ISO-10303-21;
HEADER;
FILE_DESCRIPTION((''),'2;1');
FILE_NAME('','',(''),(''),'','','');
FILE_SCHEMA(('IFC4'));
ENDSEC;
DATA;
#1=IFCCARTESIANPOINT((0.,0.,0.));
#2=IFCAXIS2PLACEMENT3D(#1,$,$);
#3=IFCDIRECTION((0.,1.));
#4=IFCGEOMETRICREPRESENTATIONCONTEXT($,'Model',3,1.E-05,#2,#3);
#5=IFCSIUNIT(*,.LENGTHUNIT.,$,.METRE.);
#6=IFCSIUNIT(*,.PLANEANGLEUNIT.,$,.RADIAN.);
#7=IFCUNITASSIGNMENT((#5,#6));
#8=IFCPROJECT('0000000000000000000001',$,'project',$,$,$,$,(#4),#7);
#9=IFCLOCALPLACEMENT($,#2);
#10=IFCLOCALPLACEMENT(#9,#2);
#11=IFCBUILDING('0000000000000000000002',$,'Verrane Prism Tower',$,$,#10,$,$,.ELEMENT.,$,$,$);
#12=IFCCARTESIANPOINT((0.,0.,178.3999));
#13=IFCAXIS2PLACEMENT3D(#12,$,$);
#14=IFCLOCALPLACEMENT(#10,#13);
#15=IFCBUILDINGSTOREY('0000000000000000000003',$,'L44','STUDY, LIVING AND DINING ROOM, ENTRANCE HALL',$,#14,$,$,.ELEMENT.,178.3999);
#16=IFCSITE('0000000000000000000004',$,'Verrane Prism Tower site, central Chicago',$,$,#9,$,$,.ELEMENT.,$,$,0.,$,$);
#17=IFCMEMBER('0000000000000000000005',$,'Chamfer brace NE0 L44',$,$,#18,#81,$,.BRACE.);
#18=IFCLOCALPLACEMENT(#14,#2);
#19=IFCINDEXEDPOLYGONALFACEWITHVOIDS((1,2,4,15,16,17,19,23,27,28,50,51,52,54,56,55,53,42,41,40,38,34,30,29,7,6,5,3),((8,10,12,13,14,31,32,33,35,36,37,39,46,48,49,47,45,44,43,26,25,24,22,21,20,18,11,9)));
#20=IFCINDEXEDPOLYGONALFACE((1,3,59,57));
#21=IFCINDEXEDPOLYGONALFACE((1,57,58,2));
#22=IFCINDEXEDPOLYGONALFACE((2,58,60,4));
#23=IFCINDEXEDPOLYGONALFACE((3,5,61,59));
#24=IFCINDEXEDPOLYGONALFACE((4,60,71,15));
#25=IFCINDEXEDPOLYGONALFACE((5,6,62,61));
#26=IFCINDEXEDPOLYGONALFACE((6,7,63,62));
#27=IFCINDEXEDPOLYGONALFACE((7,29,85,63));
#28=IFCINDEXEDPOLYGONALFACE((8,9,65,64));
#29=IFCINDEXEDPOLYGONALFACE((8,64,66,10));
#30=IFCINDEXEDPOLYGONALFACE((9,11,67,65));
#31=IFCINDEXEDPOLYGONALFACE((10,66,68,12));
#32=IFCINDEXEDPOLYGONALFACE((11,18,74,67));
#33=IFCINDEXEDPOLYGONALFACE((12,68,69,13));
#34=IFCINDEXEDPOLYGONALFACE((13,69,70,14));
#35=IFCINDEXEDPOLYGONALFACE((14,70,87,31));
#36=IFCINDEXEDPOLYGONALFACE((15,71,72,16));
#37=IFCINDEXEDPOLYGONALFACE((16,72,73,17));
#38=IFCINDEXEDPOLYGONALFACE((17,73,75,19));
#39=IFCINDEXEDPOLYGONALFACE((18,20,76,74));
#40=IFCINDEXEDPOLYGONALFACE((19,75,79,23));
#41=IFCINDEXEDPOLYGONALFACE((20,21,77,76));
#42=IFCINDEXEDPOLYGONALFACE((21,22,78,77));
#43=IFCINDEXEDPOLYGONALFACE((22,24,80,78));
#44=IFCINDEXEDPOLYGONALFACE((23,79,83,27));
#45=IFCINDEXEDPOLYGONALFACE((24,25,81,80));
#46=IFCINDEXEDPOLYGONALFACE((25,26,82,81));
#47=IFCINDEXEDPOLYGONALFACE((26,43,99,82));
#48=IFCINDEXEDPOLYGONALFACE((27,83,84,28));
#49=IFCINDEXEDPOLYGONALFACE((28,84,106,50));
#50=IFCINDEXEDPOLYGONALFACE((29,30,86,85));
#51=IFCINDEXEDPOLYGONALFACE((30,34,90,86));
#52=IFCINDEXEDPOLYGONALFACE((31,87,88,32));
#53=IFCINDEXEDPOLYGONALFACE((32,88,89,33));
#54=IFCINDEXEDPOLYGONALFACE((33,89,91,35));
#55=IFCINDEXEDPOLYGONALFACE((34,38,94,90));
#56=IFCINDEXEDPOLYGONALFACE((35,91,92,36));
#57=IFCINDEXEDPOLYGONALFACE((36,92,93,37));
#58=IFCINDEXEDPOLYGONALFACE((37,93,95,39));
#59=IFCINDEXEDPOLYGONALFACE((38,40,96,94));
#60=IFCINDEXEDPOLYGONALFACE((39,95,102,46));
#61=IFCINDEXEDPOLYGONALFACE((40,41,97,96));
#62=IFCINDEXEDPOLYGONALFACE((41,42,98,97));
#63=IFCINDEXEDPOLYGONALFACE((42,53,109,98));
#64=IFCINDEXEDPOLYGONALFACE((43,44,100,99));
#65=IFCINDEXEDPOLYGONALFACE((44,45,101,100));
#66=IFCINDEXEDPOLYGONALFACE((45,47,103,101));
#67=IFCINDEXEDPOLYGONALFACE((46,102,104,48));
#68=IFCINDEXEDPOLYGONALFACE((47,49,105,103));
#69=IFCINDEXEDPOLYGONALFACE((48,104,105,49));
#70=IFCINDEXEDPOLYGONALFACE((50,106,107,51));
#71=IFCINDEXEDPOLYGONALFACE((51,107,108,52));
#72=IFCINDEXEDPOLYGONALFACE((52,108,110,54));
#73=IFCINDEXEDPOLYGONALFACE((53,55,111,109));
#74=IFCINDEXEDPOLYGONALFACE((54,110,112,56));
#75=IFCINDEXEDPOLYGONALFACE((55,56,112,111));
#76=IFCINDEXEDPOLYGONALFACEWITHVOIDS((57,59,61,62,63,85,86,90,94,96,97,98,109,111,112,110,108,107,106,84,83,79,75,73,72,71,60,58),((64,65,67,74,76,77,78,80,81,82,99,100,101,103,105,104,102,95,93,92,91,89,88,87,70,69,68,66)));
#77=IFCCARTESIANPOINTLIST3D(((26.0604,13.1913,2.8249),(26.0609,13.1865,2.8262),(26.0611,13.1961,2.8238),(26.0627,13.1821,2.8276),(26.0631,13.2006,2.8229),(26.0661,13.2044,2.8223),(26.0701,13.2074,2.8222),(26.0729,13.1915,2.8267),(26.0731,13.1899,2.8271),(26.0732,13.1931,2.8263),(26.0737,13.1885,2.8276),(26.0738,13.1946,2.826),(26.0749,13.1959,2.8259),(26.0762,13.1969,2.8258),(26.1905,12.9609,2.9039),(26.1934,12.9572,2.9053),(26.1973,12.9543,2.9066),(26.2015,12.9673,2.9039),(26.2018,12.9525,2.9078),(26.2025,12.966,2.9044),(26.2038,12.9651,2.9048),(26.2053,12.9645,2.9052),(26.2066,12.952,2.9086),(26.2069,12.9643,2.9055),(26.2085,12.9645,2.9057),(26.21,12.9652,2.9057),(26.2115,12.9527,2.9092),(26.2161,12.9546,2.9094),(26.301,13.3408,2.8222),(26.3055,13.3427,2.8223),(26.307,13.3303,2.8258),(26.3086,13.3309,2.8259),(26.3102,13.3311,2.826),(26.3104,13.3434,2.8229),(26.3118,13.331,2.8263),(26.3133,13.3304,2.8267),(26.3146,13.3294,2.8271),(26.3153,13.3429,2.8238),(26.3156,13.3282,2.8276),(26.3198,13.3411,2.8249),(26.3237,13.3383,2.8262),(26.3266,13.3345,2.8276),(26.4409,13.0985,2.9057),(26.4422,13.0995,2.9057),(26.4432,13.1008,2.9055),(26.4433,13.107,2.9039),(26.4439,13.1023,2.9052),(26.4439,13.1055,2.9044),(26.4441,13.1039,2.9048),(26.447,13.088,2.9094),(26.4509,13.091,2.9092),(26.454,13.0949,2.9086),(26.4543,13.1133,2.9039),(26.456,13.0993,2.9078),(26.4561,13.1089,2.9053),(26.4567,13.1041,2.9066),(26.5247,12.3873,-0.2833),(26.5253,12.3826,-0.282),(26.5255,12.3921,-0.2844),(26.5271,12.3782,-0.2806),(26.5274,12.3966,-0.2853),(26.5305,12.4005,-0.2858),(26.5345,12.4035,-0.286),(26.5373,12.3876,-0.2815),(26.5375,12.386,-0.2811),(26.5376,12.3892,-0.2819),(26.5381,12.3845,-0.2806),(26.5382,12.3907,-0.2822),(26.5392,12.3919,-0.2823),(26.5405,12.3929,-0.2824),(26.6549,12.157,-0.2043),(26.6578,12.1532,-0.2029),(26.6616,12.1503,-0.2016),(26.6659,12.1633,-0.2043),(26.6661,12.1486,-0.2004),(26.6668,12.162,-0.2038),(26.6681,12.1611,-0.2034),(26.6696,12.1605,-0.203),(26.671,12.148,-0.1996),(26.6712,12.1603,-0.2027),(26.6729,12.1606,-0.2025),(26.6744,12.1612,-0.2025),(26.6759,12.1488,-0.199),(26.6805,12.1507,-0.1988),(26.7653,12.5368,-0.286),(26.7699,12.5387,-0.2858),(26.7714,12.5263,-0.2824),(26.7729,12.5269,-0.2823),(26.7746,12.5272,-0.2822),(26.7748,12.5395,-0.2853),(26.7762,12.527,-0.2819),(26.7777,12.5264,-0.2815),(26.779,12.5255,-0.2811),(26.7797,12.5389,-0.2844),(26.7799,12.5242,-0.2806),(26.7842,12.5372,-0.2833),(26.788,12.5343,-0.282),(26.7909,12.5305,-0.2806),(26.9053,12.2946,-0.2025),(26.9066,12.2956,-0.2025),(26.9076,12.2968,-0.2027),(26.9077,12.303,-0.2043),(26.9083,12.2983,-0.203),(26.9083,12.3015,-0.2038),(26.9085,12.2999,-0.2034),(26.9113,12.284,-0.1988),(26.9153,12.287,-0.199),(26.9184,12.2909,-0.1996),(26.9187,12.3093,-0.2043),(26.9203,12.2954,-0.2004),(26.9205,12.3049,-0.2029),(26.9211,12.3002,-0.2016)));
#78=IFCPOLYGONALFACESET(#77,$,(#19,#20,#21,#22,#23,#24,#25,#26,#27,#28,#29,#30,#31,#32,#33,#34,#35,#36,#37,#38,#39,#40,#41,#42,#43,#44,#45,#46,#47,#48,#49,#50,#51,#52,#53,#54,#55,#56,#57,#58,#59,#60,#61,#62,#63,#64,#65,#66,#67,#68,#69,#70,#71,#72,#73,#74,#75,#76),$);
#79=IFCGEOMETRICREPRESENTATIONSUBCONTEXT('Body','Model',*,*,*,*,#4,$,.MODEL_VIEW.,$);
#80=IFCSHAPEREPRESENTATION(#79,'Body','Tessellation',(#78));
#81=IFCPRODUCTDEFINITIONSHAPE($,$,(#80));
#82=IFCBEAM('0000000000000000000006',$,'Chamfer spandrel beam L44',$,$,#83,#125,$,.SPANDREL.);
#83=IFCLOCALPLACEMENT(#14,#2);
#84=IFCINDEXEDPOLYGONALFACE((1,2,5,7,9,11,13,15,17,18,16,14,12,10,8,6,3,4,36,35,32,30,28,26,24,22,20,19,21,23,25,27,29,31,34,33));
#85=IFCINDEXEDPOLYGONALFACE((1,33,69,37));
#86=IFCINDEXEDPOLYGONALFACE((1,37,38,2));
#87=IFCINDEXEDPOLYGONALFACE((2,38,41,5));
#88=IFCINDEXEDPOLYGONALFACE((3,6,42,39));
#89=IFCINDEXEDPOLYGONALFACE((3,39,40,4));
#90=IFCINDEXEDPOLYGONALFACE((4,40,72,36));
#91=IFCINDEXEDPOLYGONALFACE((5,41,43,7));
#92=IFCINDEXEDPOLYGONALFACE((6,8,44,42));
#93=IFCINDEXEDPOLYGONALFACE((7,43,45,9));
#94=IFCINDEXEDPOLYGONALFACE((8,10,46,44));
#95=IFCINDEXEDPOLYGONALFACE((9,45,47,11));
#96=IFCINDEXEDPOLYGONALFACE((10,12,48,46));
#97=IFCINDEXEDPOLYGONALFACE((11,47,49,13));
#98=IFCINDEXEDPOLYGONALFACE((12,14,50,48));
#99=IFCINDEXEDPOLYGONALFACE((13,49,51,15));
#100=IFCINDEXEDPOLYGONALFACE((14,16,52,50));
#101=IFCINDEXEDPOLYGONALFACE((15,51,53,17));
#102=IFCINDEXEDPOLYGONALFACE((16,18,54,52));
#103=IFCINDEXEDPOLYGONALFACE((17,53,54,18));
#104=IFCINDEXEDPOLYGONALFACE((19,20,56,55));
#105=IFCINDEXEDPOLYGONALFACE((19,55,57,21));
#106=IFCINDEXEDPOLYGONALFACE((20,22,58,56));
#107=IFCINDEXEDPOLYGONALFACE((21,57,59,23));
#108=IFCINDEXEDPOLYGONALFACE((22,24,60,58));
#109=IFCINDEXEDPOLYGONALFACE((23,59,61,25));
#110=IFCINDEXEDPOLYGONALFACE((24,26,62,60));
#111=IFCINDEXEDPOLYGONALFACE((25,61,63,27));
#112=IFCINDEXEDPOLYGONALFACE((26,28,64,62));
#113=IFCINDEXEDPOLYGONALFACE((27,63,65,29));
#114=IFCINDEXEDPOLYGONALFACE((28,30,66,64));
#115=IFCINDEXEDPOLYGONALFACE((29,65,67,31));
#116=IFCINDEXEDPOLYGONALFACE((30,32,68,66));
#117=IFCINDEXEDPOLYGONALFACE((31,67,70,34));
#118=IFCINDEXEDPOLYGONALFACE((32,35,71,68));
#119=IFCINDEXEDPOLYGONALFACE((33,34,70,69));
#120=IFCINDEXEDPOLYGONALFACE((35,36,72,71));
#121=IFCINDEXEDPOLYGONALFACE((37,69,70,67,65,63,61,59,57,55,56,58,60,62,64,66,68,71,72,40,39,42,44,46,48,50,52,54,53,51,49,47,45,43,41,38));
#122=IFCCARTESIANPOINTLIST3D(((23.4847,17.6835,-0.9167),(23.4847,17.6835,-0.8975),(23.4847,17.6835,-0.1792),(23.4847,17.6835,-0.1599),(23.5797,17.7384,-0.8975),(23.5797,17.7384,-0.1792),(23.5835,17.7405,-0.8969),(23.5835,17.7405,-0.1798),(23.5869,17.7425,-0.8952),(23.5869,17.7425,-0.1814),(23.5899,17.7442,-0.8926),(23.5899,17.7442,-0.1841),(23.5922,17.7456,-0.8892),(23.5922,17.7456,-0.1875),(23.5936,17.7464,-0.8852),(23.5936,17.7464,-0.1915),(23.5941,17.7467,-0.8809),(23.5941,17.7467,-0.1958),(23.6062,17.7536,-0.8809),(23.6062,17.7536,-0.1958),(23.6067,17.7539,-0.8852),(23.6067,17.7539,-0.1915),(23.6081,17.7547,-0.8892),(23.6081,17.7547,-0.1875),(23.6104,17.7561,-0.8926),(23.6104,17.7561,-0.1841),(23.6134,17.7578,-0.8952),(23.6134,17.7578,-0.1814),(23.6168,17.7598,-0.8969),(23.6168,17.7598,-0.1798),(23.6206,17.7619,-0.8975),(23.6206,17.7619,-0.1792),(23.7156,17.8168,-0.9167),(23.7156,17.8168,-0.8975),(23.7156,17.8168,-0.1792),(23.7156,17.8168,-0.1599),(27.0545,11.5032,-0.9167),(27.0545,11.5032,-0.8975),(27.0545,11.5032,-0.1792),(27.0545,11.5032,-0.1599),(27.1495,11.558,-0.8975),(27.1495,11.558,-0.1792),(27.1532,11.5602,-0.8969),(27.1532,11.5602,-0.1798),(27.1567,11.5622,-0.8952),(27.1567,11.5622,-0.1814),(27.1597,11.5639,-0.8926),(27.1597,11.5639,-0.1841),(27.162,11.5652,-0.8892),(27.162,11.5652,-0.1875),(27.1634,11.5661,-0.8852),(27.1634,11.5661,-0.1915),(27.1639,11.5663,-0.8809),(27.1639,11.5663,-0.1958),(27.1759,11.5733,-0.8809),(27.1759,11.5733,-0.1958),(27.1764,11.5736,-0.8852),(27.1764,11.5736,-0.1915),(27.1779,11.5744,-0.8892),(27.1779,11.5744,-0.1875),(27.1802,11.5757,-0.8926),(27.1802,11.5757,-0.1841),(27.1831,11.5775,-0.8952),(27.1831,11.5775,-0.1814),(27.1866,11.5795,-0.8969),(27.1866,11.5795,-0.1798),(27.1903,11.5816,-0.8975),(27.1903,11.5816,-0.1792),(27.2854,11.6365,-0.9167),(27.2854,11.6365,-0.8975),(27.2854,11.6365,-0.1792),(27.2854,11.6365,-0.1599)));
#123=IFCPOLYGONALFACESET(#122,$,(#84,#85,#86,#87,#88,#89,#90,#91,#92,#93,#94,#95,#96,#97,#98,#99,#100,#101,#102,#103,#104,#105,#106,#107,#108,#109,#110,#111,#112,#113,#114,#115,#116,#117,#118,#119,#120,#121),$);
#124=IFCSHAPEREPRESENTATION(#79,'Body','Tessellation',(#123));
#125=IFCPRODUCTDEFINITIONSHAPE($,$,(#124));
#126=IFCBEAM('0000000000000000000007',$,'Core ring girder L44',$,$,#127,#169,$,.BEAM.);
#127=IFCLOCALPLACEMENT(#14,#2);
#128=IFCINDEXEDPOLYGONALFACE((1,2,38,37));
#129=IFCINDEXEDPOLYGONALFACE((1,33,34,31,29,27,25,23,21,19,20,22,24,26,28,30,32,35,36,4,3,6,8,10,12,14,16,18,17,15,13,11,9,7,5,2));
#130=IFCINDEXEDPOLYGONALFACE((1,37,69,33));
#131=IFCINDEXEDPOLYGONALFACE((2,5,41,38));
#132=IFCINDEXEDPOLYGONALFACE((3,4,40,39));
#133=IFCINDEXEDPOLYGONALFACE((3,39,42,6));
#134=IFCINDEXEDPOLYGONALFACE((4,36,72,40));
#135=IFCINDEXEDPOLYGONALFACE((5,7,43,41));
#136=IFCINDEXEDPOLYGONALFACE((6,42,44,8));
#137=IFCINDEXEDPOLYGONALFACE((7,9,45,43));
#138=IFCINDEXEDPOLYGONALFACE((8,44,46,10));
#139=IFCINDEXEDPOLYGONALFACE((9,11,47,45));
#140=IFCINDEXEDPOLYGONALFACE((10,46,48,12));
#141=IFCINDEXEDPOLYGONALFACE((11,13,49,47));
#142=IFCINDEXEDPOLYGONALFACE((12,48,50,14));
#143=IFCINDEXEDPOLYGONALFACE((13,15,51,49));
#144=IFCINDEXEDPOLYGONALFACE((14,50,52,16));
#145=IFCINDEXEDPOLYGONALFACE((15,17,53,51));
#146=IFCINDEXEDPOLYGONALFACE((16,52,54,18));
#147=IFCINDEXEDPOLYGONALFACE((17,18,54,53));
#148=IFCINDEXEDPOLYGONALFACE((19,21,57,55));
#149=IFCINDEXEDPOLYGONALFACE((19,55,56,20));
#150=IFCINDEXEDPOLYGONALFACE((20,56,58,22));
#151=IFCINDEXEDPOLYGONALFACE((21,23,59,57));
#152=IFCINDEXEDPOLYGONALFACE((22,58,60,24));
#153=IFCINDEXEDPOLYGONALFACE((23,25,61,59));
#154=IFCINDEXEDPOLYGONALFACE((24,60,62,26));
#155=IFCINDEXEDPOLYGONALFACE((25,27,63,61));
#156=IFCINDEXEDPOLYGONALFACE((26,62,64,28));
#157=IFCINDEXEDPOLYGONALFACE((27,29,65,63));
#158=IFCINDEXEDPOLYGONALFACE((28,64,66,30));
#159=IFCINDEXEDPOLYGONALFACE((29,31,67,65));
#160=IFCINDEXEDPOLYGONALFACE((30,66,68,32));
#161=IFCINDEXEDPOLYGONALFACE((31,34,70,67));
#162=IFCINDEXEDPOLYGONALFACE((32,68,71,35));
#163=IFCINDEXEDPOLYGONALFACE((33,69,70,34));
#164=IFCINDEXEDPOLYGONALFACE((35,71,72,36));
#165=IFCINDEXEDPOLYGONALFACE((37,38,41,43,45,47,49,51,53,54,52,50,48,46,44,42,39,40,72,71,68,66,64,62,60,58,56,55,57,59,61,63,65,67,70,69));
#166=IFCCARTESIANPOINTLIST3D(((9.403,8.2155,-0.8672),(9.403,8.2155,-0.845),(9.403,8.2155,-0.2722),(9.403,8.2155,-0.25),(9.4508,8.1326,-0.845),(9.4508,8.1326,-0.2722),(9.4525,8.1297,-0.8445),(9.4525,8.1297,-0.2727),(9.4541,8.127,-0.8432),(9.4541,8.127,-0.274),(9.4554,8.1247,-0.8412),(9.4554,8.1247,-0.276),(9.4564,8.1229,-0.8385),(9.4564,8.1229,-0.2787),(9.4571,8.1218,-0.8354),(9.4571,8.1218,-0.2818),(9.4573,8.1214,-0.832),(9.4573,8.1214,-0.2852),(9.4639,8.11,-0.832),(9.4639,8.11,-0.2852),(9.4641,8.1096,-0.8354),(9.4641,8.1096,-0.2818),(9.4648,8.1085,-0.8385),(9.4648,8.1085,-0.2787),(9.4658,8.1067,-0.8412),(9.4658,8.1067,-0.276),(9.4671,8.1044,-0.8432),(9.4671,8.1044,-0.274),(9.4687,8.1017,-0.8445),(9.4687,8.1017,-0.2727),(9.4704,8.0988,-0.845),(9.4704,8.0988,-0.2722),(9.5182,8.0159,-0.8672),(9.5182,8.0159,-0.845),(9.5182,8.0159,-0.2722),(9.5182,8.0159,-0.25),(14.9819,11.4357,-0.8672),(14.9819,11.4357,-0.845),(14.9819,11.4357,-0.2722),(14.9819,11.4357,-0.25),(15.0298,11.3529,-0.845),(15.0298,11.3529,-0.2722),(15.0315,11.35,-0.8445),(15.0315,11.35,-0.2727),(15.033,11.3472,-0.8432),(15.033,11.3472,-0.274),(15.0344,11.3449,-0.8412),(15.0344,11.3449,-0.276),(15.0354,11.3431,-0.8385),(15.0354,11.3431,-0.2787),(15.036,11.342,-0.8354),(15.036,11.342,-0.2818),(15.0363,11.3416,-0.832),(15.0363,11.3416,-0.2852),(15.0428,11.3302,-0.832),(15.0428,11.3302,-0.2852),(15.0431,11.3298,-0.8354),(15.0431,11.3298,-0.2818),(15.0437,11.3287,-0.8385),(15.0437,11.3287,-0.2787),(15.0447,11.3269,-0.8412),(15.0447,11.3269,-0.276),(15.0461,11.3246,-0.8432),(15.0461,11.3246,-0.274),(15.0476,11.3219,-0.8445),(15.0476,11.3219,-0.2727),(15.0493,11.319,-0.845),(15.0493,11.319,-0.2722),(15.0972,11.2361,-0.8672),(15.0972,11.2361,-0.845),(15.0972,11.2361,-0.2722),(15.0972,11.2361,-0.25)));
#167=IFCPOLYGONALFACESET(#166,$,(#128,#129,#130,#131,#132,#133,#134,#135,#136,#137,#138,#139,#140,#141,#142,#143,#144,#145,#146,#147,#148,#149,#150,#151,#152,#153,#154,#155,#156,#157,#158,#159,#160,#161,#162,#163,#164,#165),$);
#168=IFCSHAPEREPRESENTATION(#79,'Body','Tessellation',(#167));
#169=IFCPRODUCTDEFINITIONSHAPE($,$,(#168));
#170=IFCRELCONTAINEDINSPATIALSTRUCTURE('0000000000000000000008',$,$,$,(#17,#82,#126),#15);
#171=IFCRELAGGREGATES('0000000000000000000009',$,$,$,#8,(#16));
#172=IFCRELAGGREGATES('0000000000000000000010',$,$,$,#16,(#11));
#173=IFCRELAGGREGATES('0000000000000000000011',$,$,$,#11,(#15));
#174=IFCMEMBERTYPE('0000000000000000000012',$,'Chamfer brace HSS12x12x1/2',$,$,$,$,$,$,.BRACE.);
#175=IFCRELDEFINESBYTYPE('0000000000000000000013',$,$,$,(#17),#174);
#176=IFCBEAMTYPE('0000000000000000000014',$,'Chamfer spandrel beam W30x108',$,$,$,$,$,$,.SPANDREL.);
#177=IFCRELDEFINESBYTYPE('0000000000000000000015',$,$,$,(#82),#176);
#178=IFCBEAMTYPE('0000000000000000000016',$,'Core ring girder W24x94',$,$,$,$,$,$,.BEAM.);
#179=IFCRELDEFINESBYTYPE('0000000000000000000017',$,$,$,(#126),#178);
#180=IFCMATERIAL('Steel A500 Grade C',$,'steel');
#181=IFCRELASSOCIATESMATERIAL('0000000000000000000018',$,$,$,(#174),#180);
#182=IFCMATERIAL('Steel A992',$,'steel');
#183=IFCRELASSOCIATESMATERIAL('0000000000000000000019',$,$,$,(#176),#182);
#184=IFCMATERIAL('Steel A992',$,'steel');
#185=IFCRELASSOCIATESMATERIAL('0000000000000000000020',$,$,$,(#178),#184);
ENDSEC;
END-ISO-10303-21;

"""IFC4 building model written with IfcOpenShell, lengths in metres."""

from ifc_helpers import new_model, si_unit, direction, frame, origin, origin_2d, place, context, subcontext, project, spatial, hollow_rectangle, i_section, extrude, material, material_profile, profile_set, type_object, element, save


model = new_model("IFC4")

# Units and contexts
model_context = context("Model", 3, precision=1e-05, world=origin(), true_north=direction((0.0, 1.0)))
body_context = subcontext(model_context, "Body", "Model", "MODEL_VIEW")
ifc_project = project(units=[si_unit("LENGTHUNIT", "METRE"), si_unit("PLANEANGLEUNIT", "RADIAN")], contexts=[model_context])

# Site, building, storey
site_placement = place(None, origin())
site = spatial("IfcSite", under=ifc_project, at=site_placement, Name="Verrane Prism Tower site, central Chicago", CompositionType="ELEMENT", RefElevation=0.0)
building_placement = place(site_placement, origin())
building = spatial("IfcBuilding", under=site, at=building_placement, Name="Verrane Prism Tower", CompositionType="ELEMENT")
storey_placement = place(building_placement, frame((0.0, 0.0, 178.3999)))
storey = spatial("IfcBuildingStorey", under=building, at=storey_placement, Name="L44", Description="STUDY, LIVING AND DINING ROOM, ENTRANCE HALL", CompositionType="ELEMENT", Elevation=178.3999)

# Member
ifc_material_1 = material(Name="Steel A500 Grade C", Category="steel")
ifc_material_profile_1 = material_profile(ifc_material_1, hollow_rectangle(XDim=0.3047, YDim=0.3047, WallThickness=0.0127, InnerFilletRadius=0.0063, OuterFilletRadius=0.019, at=origin_2d()), Name="HSS12x12x1/2")
ifc_profile_set_1 = profile_set([ifc_material_profile_1], Name="Steel A500 Grade C")
member_type_1 = type_object("IfcMemberType", Name="Chamfer brace HSS12x12x1/2", PredefinedType="BRACE", material=ifc_profile_set_1)
member_1_placement = place(storey_placement, frame((26.7229, 12.3438, -0.2424), z_axis=(-0.143149, 0.247839, 0.958167), x_axis=(-0.865936, -0.500155, 0.0)))
element("IfcMember", 1, at=member_1_placement, inside=storey, type_object=member_type_1, Name="Chamfer brace NE0 L44", PredefinedType="BRACE", context=body_context, shape_type="SweptSolid", body=[
    extrude(hollow_rectangle(XDim=0.3047, YDim=0.3047, WallThickness=0.0127, InnerFilletRadius=0.0063, OuterFilletRadius=0.019, at=origin_2d()), origin(), (0.0, 0.0, 1.0), 3.2439),
])

# Beams
ifc_material_2 = material(Name="Steel A992", Category="steel")
ifc_material_profile_2 = material_profile(ifc_material_2, i_section(OverallWidth=0.2666, OverallDepth=0.7568, WebThickness=0.0139, FlangeThickness=0.0193, FilletRadius=0.0166, at=origin_2d()), Name="W30x108")
ifc_profile_set_2 = profile_set([ifc_material_profile_2], Name="Steel A992")
beam_type_1 = type_object("IfcBeamType", Name="Chamfer spandrel beam W30x108", PredefinedType="SPANDREL", material=ifc_profile_set_2)
beam_1_placement = place(storey_placement, frame((27.1699, 11.5698, -0.5383), z_axis=(-0.500164, 0.865931, 0.0), x_axis=(-0.865931, -0.500164, 0.0)))
element("IfcBeam", 2, at=beam_1_placement, inside=storey, type_object=beam_type_1, Name="Chamfer spandrel beam L44", PredefinedType="SPANDREL", context=body_context, shape_type="SweptSolid", body=[
    extrude(i_section(OverallWidth=0.2666, OverallDepth=0.7568, WebThickness=0.0139, FlangeThickness=0.0193, FilletRadius=0.0166, at=origin_2d()), origin(), (0.0, 0.0, 1.0), 7.1372),
])
ifc_material_3 = material(Name="Steel A992", Category="steel")
ifc_material_profile_3 = material_profile(ifc_material_3, i_section(OverallWidth=0.2305, OverallDepth=0.6172, WebThickness=0.0132, FlangeThickness=0.0222, FilletRadius=0.0129, at=origin_2d()), Name="W24x94")
ifc_profile_set_3 = profile_set([ifc_material_profile_3], Name="Steel A992")
beam_type_2 = type_object("IfcBeamType", Name="Core ring girder W24x94", PredefinedType="BEAM", material=ifc_profile_set_3)
beam_2_placement = place(storey_placement, frame((15.0396, 11.3359, -0.5586), z_axis=(-0.866075, -0.499914, 0.0), x_axis=(0.499914, -0.866075, 0.0)))
element("IfcBeam", 3, at=beam_2_placement, inside=storey, type_object=beam_type_2, Name="Core ring girder L44", PredefinedType="BEAM", context=body_context, shape_type="SweptSolid", body=[
    extrude(i_section(OverallWidth=0.2305, OverallDepth=0.6172, WebThickness=0.0132, FlangeThickness=0.0222, FilletRadius=0.0129, at=origin_2d()), origin(), (0.0, 0.0, 1.0), 6.4417),
])

save(model, "model.ifc")
